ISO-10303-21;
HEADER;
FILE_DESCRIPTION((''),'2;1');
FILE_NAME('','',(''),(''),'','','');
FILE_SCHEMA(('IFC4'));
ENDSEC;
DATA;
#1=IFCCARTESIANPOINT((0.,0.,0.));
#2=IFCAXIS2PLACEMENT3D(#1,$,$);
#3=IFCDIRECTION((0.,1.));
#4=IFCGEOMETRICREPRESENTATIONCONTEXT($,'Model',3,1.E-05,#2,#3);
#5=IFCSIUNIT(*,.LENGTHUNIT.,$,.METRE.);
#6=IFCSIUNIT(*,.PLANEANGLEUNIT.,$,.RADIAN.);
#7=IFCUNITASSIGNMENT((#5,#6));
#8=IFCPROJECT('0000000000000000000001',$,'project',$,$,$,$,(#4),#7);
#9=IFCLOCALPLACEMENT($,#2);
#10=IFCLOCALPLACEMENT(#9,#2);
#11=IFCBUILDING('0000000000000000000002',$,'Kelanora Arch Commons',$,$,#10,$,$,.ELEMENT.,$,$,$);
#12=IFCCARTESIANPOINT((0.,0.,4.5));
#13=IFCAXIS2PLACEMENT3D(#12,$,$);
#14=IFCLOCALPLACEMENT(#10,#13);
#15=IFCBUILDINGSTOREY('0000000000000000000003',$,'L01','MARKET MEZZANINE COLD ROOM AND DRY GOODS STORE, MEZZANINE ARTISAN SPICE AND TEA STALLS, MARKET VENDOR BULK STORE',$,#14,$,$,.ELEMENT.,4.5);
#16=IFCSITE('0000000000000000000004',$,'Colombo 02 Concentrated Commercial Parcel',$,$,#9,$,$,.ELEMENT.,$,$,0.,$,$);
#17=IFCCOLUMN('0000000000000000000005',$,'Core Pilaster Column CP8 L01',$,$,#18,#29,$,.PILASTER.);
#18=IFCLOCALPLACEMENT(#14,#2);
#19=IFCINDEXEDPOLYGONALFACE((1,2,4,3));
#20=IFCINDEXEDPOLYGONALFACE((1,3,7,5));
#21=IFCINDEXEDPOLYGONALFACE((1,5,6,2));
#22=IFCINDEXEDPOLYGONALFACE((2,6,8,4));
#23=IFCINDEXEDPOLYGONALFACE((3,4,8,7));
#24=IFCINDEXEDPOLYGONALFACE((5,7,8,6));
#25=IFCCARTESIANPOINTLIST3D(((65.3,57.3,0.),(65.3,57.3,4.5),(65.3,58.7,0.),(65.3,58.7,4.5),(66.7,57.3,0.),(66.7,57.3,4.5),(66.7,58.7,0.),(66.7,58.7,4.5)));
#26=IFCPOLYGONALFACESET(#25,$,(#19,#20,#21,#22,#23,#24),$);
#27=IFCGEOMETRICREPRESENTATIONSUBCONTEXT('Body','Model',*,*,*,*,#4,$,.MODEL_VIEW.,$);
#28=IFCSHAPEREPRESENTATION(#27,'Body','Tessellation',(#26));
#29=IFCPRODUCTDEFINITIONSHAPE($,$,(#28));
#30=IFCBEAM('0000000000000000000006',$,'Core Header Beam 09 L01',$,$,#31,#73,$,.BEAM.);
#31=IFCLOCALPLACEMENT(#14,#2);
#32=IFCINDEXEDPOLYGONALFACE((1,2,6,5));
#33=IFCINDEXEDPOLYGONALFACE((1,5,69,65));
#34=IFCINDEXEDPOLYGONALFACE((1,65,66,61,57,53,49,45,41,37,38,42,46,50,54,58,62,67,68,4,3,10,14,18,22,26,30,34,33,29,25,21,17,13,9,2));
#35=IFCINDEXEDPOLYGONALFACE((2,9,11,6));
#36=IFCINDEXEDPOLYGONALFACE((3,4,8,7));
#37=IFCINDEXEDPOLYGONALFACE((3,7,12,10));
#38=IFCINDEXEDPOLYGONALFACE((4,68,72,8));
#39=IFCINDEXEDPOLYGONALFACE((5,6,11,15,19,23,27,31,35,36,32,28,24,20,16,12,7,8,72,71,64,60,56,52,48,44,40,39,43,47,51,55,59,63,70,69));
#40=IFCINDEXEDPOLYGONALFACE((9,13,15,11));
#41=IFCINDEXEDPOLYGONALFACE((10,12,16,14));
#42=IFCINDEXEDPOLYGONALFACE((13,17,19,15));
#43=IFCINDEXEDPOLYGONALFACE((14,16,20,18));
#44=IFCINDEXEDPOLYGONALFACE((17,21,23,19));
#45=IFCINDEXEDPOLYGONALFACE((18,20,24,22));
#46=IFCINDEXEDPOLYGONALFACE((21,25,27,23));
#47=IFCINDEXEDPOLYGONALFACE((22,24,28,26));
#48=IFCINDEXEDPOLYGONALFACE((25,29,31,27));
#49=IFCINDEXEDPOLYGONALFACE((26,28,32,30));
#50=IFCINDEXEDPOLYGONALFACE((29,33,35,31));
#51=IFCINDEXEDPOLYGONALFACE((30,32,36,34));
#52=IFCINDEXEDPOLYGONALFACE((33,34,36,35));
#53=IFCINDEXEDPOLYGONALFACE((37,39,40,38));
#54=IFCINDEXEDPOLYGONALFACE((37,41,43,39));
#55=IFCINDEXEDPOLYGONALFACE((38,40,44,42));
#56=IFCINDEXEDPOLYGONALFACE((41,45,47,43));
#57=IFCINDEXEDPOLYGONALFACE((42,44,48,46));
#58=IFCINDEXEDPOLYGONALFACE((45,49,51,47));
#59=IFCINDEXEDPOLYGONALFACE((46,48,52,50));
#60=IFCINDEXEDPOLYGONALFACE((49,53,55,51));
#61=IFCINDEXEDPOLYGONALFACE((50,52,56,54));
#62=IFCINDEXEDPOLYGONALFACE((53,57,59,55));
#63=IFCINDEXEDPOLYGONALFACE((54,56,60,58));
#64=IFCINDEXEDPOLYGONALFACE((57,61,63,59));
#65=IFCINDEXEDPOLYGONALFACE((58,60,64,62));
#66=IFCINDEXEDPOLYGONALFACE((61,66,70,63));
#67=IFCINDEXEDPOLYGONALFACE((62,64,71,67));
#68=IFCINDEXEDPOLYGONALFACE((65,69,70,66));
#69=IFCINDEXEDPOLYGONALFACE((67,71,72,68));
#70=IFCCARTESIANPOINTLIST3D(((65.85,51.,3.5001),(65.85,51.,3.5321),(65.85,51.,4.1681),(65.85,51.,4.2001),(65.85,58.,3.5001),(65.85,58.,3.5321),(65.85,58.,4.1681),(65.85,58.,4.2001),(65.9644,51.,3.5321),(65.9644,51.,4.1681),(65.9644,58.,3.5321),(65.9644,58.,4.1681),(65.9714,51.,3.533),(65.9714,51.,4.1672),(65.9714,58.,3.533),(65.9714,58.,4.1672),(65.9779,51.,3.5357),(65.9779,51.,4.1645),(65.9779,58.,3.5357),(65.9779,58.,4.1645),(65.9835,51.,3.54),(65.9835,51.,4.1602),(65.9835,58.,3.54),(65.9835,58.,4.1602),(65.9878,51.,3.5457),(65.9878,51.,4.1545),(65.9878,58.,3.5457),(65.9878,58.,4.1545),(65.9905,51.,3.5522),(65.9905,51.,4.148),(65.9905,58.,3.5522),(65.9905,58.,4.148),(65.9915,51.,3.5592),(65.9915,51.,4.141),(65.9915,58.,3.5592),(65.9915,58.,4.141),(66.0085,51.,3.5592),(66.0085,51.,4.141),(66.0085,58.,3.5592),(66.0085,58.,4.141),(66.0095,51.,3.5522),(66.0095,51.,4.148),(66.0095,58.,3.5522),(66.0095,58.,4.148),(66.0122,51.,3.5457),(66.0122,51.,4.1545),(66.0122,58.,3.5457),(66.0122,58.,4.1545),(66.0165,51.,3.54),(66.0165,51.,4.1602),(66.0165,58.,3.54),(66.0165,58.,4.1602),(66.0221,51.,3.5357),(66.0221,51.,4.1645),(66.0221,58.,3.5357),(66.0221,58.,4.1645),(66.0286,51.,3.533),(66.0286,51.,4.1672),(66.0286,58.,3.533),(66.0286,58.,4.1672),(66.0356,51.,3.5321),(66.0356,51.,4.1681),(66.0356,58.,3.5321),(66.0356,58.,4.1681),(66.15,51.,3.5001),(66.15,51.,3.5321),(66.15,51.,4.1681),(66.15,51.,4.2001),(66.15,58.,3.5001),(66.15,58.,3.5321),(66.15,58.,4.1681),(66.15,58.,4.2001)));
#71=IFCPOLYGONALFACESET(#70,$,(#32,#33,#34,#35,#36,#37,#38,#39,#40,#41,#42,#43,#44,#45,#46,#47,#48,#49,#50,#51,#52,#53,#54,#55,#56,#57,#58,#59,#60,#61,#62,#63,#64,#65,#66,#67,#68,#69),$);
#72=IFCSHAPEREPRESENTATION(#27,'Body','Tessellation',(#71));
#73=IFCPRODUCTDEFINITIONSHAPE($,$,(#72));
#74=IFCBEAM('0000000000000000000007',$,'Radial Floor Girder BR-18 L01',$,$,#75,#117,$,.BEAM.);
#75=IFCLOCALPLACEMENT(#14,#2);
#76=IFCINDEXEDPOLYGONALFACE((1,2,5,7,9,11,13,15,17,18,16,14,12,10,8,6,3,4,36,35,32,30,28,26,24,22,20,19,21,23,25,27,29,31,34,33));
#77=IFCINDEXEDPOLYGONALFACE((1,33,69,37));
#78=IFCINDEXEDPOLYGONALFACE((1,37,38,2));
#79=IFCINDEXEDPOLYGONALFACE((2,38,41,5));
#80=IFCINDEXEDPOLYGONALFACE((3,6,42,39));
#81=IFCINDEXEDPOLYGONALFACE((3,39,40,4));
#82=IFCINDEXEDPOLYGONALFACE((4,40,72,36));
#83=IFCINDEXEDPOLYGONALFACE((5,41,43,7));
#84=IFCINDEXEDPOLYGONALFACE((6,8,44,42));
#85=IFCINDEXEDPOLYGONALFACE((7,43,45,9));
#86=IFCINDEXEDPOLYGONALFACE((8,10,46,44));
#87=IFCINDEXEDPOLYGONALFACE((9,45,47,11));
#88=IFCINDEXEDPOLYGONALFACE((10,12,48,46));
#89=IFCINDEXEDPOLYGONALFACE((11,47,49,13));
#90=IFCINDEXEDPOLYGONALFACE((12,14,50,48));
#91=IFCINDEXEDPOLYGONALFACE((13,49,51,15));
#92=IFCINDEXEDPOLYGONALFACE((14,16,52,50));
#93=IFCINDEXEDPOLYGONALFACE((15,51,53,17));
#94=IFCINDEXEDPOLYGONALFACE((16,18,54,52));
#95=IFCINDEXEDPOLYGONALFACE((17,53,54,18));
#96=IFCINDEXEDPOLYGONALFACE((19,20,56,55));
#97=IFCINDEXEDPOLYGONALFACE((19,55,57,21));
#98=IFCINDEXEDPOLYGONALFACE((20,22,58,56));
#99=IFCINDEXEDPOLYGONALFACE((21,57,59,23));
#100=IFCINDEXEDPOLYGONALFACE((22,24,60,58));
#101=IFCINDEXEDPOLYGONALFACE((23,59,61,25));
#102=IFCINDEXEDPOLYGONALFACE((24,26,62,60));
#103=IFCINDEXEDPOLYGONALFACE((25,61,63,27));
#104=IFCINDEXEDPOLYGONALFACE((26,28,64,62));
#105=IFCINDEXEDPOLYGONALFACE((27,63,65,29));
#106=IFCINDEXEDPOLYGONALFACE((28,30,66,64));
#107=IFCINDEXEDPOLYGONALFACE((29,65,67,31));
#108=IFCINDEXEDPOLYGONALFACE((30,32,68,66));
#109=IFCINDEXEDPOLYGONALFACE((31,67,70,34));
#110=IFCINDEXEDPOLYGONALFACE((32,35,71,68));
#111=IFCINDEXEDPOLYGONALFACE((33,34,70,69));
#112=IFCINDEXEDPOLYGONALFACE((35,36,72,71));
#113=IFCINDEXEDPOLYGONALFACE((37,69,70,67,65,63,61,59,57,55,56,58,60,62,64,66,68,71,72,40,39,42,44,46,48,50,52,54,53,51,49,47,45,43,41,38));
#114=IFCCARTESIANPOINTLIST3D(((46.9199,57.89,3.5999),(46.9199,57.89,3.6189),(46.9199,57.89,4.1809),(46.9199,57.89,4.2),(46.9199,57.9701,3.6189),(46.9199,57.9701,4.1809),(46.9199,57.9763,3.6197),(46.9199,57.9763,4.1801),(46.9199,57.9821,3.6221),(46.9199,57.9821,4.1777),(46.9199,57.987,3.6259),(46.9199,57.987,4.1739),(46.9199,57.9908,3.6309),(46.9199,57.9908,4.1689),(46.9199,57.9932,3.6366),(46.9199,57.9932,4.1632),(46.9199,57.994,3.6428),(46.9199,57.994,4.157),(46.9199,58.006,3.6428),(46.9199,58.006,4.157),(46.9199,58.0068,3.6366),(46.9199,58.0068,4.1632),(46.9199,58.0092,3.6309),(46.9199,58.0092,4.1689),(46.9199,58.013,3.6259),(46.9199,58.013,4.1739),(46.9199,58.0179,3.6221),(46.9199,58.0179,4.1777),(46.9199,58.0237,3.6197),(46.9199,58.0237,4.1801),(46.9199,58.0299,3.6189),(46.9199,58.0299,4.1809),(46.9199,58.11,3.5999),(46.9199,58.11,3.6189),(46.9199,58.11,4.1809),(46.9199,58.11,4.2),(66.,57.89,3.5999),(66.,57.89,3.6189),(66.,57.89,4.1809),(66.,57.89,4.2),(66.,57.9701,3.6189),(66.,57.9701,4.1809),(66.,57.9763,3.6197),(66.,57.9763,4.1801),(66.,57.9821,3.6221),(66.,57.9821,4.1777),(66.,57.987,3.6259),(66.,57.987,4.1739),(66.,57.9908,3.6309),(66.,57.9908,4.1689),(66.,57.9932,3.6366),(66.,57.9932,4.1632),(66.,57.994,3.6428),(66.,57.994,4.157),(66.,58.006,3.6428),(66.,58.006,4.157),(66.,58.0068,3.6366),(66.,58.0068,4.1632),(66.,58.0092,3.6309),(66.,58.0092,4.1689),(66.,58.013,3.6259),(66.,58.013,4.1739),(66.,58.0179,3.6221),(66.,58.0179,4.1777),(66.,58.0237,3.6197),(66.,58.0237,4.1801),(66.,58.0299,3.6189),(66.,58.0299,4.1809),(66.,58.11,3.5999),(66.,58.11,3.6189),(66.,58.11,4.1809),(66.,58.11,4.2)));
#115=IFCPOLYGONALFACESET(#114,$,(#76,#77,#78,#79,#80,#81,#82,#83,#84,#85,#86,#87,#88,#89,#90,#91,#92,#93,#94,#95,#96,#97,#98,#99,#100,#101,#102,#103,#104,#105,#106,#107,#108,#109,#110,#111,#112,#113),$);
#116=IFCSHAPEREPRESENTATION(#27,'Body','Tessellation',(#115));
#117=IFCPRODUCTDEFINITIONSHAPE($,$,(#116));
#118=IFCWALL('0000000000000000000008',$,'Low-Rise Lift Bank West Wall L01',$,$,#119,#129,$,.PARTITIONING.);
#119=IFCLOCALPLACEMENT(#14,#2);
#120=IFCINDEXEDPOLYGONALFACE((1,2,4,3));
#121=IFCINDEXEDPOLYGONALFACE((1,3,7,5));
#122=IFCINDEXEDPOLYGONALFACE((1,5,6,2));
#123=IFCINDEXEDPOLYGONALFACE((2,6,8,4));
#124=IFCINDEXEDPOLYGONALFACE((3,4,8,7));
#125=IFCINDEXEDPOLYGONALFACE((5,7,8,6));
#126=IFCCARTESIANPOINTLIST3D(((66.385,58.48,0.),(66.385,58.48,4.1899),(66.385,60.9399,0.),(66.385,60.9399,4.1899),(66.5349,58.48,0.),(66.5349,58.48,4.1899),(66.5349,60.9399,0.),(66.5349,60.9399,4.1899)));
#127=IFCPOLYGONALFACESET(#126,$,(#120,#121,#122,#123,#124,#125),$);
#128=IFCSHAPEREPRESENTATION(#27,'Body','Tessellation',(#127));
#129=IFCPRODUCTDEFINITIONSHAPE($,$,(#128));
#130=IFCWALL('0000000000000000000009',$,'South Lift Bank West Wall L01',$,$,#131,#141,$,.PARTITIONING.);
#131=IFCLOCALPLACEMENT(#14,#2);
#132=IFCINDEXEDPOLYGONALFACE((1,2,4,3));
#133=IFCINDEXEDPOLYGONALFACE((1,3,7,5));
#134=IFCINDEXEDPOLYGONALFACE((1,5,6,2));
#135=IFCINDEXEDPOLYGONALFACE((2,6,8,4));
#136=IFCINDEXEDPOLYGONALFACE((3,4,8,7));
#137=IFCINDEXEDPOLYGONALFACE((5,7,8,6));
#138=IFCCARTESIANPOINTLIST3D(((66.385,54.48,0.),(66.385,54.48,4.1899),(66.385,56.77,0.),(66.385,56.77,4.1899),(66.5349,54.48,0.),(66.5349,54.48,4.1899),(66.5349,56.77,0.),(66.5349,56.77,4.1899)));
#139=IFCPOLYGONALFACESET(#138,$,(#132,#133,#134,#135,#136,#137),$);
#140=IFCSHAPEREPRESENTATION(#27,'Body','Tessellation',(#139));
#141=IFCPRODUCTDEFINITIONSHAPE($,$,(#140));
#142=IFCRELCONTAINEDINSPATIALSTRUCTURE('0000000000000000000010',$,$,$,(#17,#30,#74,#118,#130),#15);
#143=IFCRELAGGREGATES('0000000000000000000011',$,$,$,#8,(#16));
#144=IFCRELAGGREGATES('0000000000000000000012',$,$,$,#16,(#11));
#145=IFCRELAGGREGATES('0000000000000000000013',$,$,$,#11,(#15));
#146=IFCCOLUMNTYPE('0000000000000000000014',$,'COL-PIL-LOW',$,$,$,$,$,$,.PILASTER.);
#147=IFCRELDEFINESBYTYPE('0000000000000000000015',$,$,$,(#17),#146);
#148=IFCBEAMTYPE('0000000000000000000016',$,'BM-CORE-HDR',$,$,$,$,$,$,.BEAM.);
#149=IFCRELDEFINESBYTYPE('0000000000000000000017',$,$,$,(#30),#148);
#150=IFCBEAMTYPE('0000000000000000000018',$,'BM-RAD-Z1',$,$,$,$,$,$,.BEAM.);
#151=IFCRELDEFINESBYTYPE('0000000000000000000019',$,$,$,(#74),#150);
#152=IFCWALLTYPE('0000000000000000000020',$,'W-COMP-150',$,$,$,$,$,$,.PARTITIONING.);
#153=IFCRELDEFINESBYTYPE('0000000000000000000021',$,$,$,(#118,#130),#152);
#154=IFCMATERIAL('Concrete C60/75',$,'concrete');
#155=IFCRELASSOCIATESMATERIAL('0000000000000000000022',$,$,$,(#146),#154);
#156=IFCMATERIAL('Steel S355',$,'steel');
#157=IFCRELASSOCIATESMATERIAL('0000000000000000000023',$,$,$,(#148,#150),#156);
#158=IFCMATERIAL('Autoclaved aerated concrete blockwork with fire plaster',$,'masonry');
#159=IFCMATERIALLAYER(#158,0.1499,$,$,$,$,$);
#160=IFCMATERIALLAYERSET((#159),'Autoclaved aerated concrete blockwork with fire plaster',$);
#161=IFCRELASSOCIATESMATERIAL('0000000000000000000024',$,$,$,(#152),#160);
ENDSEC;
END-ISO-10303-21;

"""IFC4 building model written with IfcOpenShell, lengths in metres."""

from ifc_helpers import new_model, si_unit, direction, frame, frame_2d, origin, origin_2d, place, context, subcontext, project, spatial, rectangle, i_section, extrude, material, layer, layer_set, material_profile, profile_set, type_object, element, save


model = new_model("IFC4")

# Units and contexts
model_context = context("Model", 3, precision=1e-05, world=origin(), true_north=direction((0.0, 1.0)))
body_context = subcontext(model_context, "Body", "Model", "MODEL_VIEW")
ifc_project = project(units=[si_unit("LENGTHUNIT", "METRE"), si_unit("PLANEANGLEUNIT", "RADIAN")], contexts=[model_context])

# Site, building, storey
site_placement = place(None, origin())
site = spatial("IfcSite", under=ifc_project, at=site_placement, Name="Colombo 02 Concentrated Commercial Parcel", CompositionType="ELEMENT", RefElevation=0.0)
building_placement = place(site_placement, origin())
building = spatial("IfcBuilding", under=site, at=building_placement, Name="Kelanora Arch Commons", CompositionType="ELEMENT")
storey_placement = place(building_placement, frame((0.0, 0.0, 4.5)))
storey = spatial("IfcBuildingStorey", under=building, at=storey_placement, Name="L01", Description="MARKET MEZZANINE COLD ROOM AND DRY GOODS STORE, MEZZANINE ARTISAN SPICE AND TEA STALLS, MARKET VENDOR BULK STORE", CompositionType="ELEMENT", Elevation=4.5)

# Column
ifc_material_1 = material(Name="Concrete C60/75", Category="concrete")
ifc_material_profile_1 = material_profile(ifc_material_1, rectangle(XDim=1.3999, YDim=1.3999, at=origin_2d()), Name="RC1400x1400")
ifc_profile_set_1 = profile_set([ifc_material_profile_1], Name="Concrete C60/75")
column_type = type_object("IfcColumnType", Name="COL-PIL-LOW", PredefinedType="PILASTER", material=ifc_profile_set_1)
column_placement = place(storey_placement, frame((66.0, 58.0, 0.0), z_axis=(0.0, 0.0, 1.0), x_axis=(1.0, 0.0, 0.0)))
element("IfcColumn", 1, at=column_placement, inside=storey, type_object=column_type, Name="Core Pilaster Column CP8 L01", PredefinedType="PILASTER", context=body_context, shape_type="SweptSolid", body=[
    extrude(rectangle(XDim=1.3999, YDim=1.3999, at=origin_2d()), origin(), (0.0, 0.0, 1.0), 4.5),
])

# Beams
ifc_material_2 = material(Name="Steel S355", Category="steel")
ifc_material_profile_2 = material_profile(ifc_material_2, i_section(OverallWidth=0.3, OverallDepth=0.7, WebThickness=0.0171, FlangeThickness=0.032, FilletRadius=0.0271, at=origin_2d()), Name="HEB700")
ifc_profile_set_2 = profile_set([ifc_material_profile_2], Name="Steel S355")
beam_type_1 = type_object("IfcBeamType", Name="BM-CORE-HDR", PredefinedType="BEAM", material=ifc_profile_set_2)
beam_1_placement = place(storey_placement, frame((66.0, 58.0, 3.8501), z_axis=(0.0, -1.0, 0.0), x_axis=(1.0, 0.0, 0.0)))
element("IfcBeam", 2, at=beam_1_placement, inside=storey, type_object=beam_type_1, Name="Core Header Beam 09 L01", PredefinedType="BEAM", context=body_context, shape_type="SweptSolid", body=[
    extrude(i_section(OverallWidth=0.3, OverallDepth=0.7, WebThickness=0.0171, FlangeThickness=0.032, FilletRadius=0.0271, at=origin_2d()), origin(), (0.0, 0.0, 1.0), 7.0),
])
ifc_material_profile_3 = material_profile(ifc_material_2, i_section(OverallWidth=0.22, OverallDepth=0.6001, WebThickness=0.012, FlangeThickness=0.019, FilletRadius=0.0239, at=origin_2d()), Name="IPE600")
ifc_profile_set_3 = profile_set([ifc_material_profile_3], Name="Steel S355")
beam_type_2 = type_object("IfcBeamType", Name="BM-RAD-Z1", PredefinedType="BEAM", material=ifc_profile_set_3)
beam_2_placement = place(storey_placement, frame((66.0, 58.0, 3.8999), z_axis=(-1.0, 0.0, 0.0), x_axis=(0.0, -1.0, 0.0)))
element("IfcBeam", 3, at=beam_2_placement, inside=storey, type_object=beam_type_2, Name="Radial Floor Girder BR-18 L01", PredefinedType="BEAM", context=body_context, shape_type="SweptSolid", body=[
    extrude(i_section(OverallWidth=0.22, OverallDepth=0.6001, WebThickness=0.012, FlangeThickness=0.019, FilletRadius=0.0239, at=origin_2d()), origin(), (0.0, 0.0, 1.0), 19.0801),
])

# Walls
ifc_material_3 = material(Name="Autoclaved aerated concrete blockwork with fire plaster", Category="masonry")
ifc_layer_1 = layer(ifc_material_3, 0.1499)
ifc_layer_set_1 = layer_set([ifc_layer_1], Name="Autoclaved aerated concrete blockwork with fire plaster")
wall_type_1 = type_object("IfcWallType", Name="W-COMP-150", PredefinedType="PARTITIONING", material=ifc_layer_set_1)
wall_1_placement = place(storey_placement, frame((66.46, 58.48, 0.0), z_axis=(0.0, 0.0, 1.0), x_axis=(0.0, 1.0, 0.0)))
element("IfcWall", 4, at=wall_1_placement, inside=storey, type_object=wall_type_1, Name="Low-Rise Lift Bank West Wall L01", PredefinedType="PARTITIONING", context=body_context, shape_type="SweptSolid", body=[
    extrude(rectangle(XDim=2.46, YDim=0.1499, at=frame_2d((1.23, 0.0))), origin(), (0.0, 0.0, 1.0), 4.1899),
])
wall_2_placement = place(storey_placement, frame((66.46, 54.48, 0.0), z_axis=(0.0, 0.0, 1.0), x_axis=(0.0, 1.0, 0.0)))
element("IfcWall", 5, at=wall_2_placement, inside=storey, type_object=wall_type_1, Name="South Lift Bank West Wall L01", PredefinedType="PARTITIONING", context=body_context, shape_type="SweptSolid", body=[
    extrude(rectangle(XDim=2.29, YDim=0.1499, at=frame_2d((1.145, 0.0))), origin(), (0.0, 0.0, 1.0), 4.1899),
])

save(model, "model.ifc")
